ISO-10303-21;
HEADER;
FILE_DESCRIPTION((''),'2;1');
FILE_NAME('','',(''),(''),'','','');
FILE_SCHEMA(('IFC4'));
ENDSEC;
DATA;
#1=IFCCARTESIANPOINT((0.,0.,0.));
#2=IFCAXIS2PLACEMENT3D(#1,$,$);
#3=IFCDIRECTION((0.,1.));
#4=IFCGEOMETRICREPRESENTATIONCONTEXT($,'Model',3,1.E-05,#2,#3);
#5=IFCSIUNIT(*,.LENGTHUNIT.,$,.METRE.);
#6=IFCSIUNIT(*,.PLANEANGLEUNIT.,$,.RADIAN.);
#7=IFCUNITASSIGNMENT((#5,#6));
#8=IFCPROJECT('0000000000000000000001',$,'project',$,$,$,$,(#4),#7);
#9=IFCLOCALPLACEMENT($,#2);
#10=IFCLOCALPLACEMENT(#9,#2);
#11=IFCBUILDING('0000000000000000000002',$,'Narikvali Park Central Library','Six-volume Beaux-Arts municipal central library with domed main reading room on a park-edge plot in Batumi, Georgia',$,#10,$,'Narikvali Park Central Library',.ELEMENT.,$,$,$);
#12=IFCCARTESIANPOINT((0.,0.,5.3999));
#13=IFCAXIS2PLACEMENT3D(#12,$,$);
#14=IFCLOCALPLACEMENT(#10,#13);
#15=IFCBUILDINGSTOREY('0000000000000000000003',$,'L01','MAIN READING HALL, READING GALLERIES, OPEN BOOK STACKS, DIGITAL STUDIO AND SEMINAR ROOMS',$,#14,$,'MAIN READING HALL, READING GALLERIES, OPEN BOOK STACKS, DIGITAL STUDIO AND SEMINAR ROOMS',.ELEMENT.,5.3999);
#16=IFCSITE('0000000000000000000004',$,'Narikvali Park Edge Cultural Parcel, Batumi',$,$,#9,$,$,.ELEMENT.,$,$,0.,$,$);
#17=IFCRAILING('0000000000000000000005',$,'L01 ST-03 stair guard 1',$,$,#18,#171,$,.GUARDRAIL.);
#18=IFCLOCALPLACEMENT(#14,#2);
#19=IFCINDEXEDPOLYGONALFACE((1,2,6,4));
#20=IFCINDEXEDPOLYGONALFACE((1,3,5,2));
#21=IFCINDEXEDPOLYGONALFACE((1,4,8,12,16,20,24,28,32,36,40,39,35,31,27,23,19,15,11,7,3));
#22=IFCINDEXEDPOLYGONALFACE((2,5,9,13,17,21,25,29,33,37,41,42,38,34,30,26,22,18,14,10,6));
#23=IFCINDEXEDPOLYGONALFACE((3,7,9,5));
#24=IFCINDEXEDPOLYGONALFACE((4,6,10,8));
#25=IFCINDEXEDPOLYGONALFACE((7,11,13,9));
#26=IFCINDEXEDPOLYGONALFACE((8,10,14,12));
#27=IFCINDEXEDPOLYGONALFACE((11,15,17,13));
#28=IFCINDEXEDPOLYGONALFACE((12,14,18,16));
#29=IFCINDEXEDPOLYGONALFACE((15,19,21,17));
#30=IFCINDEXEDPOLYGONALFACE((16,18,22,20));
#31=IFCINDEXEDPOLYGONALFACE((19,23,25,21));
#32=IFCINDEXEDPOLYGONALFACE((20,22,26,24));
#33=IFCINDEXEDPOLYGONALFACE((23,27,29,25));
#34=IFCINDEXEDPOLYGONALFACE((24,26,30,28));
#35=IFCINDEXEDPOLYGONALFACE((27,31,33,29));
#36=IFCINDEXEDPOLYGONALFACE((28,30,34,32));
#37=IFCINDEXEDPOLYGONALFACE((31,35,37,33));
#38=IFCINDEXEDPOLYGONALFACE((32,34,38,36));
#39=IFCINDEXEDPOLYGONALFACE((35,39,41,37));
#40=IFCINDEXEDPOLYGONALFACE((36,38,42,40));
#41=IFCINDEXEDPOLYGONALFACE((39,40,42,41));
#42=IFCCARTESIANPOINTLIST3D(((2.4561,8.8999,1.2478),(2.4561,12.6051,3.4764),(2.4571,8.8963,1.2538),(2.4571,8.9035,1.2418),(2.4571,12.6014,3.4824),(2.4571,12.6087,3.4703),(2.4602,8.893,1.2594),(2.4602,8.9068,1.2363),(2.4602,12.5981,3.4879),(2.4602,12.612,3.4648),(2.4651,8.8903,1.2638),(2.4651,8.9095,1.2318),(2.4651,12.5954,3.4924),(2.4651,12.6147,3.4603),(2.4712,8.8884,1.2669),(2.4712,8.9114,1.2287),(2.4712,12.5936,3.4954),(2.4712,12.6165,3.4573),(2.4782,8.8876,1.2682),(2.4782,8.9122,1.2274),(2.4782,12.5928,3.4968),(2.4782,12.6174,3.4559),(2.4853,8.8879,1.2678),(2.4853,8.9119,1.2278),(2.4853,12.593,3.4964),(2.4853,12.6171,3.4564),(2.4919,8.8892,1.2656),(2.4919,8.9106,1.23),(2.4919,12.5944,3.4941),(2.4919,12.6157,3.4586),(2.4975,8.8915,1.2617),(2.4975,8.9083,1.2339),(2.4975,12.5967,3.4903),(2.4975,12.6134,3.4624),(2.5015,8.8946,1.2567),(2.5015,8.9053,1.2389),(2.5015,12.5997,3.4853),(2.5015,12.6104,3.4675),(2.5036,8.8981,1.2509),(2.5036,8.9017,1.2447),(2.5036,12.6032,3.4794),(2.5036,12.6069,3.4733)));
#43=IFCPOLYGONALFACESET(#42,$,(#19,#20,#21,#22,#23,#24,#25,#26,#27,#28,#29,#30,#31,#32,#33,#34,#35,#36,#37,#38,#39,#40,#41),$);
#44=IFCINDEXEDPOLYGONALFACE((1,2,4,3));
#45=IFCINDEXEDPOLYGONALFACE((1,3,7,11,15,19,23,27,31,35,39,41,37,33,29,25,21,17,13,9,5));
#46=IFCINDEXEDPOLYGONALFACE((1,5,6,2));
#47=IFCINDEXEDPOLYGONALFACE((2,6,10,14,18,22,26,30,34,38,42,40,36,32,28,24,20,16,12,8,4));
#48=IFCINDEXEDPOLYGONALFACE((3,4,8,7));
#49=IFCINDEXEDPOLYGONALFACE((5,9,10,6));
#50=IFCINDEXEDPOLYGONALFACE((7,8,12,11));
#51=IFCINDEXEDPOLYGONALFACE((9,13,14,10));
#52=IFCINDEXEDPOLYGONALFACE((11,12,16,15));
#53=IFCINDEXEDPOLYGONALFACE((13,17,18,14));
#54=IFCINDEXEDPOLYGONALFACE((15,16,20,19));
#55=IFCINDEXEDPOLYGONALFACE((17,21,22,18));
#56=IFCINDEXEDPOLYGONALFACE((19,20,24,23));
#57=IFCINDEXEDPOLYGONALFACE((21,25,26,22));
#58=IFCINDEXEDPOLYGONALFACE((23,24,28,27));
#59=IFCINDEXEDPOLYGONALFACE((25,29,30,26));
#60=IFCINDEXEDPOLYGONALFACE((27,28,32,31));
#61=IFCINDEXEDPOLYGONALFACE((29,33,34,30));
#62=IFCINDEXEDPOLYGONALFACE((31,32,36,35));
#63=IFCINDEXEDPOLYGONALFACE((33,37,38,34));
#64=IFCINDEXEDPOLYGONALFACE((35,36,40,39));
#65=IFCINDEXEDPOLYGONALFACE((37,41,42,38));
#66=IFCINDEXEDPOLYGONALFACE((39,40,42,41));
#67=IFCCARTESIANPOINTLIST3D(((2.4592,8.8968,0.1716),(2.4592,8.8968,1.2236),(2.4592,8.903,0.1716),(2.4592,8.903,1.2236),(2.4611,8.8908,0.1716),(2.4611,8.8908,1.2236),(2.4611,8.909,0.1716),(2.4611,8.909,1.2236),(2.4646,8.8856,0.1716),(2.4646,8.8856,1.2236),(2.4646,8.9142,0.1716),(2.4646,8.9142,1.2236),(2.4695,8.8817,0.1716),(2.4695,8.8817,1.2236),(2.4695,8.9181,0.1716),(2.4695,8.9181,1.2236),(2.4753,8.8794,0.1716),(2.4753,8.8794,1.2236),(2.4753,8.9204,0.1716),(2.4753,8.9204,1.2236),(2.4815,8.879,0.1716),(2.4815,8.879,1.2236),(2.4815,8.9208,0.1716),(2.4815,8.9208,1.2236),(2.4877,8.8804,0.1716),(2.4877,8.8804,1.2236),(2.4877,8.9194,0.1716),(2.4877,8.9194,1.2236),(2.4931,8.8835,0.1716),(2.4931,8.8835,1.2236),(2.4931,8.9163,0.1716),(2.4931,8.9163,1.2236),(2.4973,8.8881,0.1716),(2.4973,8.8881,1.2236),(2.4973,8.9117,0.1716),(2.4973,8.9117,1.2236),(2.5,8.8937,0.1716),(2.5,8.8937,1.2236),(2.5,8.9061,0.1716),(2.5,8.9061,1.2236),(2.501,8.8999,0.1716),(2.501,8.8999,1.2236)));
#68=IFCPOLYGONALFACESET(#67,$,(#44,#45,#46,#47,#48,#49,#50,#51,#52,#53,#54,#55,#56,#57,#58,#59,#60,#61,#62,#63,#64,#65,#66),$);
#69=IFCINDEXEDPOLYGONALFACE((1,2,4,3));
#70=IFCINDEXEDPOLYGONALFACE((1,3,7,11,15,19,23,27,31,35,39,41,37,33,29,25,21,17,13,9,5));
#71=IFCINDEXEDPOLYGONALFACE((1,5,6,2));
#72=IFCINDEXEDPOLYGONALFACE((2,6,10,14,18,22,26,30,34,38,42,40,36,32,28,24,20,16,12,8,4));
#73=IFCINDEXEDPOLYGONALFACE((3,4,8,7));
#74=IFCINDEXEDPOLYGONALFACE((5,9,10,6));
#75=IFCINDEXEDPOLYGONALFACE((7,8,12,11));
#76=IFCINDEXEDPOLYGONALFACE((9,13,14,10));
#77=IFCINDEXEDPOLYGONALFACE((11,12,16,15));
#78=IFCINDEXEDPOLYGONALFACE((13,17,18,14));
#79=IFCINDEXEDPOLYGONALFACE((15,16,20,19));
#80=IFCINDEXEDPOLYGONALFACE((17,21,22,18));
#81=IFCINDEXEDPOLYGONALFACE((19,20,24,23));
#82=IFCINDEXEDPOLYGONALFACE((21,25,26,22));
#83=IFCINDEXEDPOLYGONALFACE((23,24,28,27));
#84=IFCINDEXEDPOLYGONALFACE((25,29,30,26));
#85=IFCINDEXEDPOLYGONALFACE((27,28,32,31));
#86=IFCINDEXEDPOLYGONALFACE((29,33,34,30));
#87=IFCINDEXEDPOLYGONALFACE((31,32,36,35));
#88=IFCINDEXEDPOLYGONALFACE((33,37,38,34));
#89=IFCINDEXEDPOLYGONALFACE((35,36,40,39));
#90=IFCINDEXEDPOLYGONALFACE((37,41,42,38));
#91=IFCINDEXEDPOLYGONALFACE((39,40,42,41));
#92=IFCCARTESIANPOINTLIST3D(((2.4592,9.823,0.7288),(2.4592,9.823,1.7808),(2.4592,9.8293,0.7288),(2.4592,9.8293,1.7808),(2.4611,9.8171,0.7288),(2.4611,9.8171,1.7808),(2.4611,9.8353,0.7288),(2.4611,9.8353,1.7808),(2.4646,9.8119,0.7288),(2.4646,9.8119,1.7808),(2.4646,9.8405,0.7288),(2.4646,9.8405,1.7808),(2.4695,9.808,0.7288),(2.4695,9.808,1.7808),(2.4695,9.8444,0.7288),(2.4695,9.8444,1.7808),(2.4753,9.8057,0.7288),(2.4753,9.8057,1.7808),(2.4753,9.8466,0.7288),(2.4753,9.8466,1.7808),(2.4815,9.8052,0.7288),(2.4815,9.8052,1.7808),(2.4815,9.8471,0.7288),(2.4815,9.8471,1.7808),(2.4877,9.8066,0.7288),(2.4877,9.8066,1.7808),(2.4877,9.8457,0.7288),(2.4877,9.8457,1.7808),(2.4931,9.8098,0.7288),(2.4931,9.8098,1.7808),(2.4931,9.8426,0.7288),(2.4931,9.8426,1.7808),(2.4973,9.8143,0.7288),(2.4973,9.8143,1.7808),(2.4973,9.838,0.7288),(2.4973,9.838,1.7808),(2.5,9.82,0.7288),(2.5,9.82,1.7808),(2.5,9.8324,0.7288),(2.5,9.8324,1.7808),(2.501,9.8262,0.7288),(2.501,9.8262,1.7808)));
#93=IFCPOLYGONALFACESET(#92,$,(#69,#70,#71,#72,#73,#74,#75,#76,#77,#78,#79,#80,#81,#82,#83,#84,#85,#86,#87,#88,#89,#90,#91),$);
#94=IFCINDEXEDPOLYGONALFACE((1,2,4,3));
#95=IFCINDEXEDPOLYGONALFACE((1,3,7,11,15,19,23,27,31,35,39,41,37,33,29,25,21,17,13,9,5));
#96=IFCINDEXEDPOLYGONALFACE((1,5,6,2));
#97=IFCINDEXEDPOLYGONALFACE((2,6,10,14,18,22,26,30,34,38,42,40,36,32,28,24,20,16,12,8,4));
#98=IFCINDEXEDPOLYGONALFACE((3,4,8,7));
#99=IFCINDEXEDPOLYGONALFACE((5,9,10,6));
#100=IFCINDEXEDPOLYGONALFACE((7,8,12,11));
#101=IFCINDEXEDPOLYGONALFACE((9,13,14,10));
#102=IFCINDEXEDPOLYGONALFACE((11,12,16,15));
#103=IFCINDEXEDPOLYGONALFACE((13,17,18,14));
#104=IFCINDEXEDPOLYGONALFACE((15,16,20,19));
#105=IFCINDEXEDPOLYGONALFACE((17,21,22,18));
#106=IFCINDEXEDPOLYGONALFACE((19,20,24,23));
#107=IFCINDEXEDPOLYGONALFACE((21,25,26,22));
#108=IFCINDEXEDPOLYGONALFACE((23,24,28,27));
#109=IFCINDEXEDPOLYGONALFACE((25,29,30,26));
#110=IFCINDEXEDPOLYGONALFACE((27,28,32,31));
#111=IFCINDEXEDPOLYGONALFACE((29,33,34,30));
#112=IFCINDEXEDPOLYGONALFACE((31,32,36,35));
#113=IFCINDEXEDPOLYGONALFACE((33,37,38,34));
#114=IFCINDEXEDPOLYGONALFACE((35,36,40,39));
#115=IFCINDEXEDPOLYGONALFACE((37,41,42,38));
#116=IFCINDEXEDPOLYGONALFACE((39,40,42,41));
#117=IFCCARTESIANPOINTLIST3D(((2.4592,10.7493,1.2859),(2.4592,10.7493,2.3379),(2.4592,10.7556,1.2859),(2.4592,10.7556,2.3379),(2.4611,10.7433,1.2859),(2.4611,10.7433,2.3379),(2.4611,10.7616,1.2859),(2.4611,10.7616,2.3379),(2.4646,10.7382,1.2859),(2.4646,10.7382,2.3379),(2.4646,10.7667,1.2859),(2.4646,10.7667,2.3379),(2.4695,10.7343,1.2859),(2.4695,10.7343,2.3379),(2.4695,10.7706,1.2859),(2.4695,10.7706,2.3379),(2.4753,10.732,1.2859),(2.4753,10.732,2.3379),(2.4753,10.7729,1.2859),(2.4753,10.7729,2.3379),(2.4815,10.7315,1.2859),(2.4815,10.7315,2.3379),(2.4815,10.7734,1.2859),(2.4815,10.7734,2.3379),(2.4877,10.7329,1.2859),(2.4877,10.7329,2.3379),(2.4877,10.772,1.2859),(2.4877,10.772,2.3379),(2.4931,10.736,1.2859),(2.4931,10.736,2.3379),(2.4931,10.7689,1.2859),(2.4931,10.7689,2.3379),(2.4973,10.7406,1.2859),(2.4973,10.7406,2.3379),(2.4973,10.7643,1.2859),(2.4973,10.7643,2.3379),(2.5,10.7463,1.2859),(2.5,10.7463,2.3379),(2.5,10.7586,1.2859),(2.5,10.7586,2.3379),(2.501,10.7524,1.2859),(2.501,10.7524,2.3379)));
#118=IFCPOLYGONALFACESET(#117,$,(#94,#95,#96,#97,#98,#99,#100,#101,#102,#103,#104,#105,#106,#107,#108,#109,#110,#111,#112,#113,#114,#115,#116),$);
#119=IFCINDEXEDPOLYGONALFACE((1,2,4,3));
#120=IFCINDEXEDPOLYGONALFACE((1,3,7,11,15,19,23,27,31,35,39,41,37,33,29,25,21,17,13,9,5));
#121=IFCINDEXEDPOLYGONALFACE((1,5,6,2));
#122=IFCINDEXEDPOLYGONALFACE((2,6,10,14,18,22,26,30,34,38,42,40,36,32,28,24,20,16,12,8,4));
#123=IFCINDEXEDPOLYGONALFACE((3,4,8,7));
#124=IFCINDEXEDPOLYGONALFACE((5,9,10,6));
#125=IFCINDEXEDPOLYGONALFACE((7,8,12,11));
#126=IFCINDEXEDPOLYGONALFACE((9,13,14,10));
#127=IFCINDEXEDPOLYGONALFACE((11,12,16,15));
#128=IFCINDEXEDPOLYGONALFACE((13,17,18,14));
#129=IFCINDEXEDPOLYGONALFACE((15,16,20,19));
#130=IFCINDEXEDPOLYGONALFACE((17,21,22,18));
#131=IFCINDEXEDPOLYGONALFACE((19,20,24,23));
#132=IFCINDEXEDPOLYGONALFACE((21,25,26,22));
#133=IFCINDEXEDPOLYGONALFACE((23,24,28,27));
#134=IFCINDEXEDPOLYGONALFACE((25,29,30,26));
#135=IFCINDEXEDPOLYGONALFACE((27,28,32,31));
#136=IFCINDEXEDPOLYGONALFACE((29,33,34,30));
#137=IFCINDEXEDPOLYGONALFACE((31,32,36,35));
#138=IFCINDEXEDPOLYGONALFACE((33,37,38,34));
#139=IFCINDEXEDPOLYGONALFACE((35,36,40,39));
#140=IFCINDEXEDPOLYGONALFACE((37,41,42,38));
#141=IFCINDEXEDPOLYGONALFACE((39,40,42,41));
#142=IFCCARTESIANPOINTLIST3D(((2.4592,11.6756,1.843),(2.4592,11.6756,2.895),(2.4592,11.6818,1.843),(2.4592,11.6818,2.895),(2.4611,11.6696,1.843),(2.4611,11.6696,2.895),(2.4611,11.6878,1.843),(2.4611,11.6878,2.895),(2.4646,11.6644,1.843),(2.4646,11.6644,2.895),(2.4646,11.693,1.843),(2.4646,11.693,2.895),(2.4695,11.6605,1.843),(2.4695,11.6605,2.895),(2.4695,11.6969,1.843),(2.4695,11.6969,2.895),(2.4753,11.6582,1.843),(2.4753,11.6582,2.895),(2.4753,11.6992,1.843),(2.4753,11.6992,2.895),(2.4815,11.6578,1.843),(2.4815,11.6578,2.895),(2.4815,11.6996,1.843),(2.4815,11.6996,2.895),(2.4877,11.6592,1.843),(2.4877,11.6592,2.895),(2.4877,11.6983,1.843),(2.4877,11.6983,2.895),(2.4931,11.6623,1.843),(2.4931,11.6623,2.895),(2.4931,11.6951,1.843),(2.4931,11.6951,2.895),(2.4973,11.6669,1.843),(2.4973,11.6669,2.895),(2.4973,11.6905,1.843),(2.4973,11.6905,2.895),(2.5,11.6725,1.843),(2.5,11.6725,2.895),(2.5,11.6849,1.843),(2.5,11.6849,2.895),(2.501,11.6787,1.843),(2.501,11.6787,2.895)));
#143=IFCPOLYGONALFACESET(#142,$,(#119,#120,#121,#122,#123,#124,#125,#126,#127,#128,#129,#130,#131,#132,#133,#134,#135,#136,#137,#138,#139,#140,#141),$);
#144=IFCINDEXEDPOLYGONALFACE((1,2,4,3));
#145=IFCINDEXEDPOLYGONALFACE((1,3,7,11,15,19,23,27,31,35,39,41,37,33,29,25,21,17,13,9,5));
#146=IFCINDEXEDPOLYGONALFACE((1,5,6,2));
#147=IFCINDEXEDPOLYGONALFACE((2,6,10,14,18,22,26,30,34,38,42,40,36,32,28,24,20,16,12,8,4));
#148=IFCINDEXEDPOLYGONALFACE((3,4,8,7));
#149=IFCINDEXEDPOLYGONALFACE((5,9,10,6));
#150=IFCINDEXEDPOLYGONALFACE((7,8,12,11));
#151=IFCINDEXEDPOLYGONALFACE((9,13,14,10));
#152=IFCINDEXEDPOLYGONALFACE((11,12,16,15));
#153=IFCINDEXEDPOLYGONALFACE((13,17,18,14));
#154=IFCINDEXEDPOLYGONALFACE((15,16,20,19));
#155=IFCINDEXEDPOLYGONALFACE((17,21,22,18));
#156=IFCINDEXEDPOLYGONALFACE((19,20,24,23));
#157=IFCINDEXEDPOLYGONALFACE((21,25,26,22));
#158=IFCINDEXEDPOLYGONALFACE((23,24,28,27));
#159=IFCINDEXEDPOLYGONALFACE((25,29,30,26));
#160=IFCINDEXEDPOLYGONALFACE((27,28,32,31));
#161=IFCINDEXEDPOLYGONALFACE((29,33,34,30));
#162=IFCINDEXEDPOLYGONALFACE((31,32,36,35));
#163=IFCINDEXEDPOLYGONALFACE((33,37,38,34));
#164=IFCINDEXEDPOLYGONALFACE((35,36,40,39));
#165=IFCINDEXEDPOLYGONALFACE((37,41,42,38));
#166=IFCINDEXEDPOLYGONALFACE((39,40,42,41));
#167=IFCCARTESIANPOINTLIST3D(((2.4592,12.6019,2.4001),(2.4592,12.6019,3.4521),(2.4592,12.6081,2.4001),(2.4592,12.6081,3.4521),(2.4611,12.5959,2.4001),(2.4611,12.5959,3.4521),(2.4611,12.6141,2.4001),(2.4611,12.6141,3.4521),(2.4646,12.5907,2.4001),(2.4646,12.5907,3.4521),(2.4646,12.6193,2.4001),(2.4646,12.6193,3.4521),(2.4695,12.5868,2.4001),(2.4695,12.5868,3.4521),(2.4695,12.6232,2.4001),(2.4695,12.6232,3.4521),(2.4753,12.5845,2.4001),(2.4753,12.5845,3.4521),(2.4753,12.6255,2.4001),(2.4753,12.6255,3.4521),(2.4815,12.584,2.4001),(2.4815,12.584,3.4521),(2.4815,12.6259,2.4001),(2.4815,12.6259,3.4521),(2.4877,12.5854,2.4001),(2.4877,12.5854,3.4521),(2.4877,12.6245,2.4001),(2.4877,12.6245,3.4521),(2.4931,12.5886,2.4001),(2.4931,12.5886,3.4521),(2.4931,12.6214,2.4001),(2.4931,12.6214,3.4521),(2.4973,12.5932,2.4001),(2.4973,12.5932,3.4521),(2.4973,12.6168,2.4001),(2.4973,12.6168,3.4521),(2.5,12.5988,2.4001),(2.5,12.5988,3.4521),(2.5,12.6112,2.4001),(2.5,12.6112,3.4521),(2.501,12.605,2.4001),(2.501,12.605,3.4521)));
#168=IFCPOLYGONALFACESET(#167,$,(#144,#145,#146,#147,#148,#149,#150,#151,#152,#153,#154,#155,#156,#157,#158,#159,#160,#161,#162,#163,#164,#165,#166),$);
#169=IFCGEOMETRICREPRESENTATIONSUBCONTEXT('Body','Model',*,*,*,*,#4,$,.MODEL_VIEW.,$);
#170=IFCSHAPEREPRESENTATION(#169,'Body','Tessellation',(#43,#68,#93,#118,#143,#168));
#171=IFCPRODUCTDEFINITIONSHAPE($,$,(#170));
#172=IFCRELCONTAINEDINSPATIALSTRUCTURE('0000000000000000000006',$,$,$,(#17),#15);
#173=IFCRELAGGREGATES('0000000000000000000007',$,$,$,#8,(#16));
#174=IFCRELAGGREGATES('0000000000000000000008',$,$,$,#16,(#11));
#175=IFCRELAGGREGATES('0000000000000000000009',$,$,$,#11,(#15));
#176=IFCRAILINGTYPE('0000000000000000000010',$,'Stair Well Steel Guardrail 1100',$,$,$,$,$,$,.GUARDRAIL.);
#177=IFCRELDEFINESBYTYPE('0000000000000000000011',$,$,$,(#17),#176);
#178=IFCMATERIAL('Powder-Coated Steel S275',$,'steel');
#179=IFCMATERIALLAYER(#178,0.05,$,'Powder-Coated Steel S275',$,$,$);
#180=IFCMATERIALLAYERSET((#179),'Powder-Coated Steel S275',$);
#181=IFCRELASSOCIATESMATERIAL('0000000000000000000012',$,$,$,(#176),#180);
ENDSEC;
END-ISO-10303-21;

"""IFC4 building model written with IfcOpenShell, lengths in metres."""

from ifc_helpers import new_model, si_unit, direction, frame, origin, origin_2d, place, context, subcontext, project, spatial, circle, extrude, material, layer, layer_set, type_object, element, save


model = new_model("IFC4")

# Units and contexts
model_context = context("Model", 3, precision=1e-05, world=origin(), true_north=direction((0.0, 1.0)))
body_context = subcontext(model_context, "Body", "Model", "MODEL_VIEW")
ifc_project = project(units=[si_unit("LENGTHUNIT", "METRE"), si_unit("PLANEANGLEUNIT", "RADIAN")], contexts=[model_context])

# Site, building, storey
site_placement = place(None, origin())
site = spatial("IfcSite", under=ifc_project, at=site_placement, Name="Narikvali Park Edge Cultural Parcel, Batumi", CompositionType="ELEMENT", RefElevation=0.0)
building_placement = place(site_placement, origin())
building = spatial("IfcBuilding", under=site, at=building_placement, Name="Narikvali Park Central Library", Description="Six-volume Beaux-Arts municipal central library with domed main reading room on a park-edge plot in Batumi, Georgia", LongName="Narikvali Park Central Library", CompositionType="ELEMENT")
storey_placement = place(building_placement, frame((0.0, 0.0, 5.3999)))
storey = spatial("IfcBuildingStorey", under=building, at=storey_placement, Name="L01", Description="MAIN READING HALL, READING GALLERIES, OPEN BOOK STACKS, DIGITAL STUDIO AND SEMINAR ROOMS", LongName="MAIN READING HALL, READING GALLERIES, OPEN BOOK STACKS, DIGITAL STUDIO AND SEMINAR ROOMS", CompositionType="ELEMENT", Elevation=5.3999)

# Railing
ifc_material_1 = material(Name="Powder-Coated Steel S275", Category="steel")
ifc_layer_1 = layer(ifc_material_1, 0.05, Name="Powder-Coated Steel S275")
ifc_layer_set_1 = layer_set([ifc_layer_1], Name="Powder-Coated Steel S275")
railing_type_1 = type_object("IfcRailingType", Name="Stair Well Steel Guardrail 1100", PredefinedType="GUARDRAIL", material=ifc_layer_set_1)
railing_1_placement = place(storey_placement, frame((2.48, 8.8999, 0.1716)))
element("IfcRailing", 1, at=railing_1_placement, inside=storey, type_object=railing_type_1, Name="L01 ST-03 stair guard 1", PredefinedType="GUARDRAIL", context=body_context, shape_type="SweptSolid", body=[
    extrude(circle(Radius=0.0239, at=origin_2d()), frame((0.0, 0.0, 1.0762), z_axis=(0.0, 0.856934, 0.515425), x_axis=(-1.0, 0.0, 0.0)), (0.0, 0.0, 1.0), 4.3237),
    extrude(circle(Radius=0.021, at=origin_2d()), origin(), (0.0, 0.0, 1.0), 1.052),
    extrude(circle(Radius=0.021, at=origin_2d()), frame((0.0, 0.9263, 0.5571)), (0.0, 0.0, 1.0), 1.052),
    extrude(circle(Radius=0.021, at=origin_2d()), frame((0.0, 1.8525, 1.1143)), (0.0, 0.0, 1.0), 1.052),
    extrude(circle(Radius=0.021, at=origin_2d()), frame((0.0, 2.7788, 1.6714)), (0.0, 0.0, 1.0), 1.052),
    extrude(circle(Radius=0.021, at=origin_2d()), frame((0.0, 3.7051, 2.2285)), (0.0, 0.0, 1.0), 1.052),
])

save(model, "model.ifc")
